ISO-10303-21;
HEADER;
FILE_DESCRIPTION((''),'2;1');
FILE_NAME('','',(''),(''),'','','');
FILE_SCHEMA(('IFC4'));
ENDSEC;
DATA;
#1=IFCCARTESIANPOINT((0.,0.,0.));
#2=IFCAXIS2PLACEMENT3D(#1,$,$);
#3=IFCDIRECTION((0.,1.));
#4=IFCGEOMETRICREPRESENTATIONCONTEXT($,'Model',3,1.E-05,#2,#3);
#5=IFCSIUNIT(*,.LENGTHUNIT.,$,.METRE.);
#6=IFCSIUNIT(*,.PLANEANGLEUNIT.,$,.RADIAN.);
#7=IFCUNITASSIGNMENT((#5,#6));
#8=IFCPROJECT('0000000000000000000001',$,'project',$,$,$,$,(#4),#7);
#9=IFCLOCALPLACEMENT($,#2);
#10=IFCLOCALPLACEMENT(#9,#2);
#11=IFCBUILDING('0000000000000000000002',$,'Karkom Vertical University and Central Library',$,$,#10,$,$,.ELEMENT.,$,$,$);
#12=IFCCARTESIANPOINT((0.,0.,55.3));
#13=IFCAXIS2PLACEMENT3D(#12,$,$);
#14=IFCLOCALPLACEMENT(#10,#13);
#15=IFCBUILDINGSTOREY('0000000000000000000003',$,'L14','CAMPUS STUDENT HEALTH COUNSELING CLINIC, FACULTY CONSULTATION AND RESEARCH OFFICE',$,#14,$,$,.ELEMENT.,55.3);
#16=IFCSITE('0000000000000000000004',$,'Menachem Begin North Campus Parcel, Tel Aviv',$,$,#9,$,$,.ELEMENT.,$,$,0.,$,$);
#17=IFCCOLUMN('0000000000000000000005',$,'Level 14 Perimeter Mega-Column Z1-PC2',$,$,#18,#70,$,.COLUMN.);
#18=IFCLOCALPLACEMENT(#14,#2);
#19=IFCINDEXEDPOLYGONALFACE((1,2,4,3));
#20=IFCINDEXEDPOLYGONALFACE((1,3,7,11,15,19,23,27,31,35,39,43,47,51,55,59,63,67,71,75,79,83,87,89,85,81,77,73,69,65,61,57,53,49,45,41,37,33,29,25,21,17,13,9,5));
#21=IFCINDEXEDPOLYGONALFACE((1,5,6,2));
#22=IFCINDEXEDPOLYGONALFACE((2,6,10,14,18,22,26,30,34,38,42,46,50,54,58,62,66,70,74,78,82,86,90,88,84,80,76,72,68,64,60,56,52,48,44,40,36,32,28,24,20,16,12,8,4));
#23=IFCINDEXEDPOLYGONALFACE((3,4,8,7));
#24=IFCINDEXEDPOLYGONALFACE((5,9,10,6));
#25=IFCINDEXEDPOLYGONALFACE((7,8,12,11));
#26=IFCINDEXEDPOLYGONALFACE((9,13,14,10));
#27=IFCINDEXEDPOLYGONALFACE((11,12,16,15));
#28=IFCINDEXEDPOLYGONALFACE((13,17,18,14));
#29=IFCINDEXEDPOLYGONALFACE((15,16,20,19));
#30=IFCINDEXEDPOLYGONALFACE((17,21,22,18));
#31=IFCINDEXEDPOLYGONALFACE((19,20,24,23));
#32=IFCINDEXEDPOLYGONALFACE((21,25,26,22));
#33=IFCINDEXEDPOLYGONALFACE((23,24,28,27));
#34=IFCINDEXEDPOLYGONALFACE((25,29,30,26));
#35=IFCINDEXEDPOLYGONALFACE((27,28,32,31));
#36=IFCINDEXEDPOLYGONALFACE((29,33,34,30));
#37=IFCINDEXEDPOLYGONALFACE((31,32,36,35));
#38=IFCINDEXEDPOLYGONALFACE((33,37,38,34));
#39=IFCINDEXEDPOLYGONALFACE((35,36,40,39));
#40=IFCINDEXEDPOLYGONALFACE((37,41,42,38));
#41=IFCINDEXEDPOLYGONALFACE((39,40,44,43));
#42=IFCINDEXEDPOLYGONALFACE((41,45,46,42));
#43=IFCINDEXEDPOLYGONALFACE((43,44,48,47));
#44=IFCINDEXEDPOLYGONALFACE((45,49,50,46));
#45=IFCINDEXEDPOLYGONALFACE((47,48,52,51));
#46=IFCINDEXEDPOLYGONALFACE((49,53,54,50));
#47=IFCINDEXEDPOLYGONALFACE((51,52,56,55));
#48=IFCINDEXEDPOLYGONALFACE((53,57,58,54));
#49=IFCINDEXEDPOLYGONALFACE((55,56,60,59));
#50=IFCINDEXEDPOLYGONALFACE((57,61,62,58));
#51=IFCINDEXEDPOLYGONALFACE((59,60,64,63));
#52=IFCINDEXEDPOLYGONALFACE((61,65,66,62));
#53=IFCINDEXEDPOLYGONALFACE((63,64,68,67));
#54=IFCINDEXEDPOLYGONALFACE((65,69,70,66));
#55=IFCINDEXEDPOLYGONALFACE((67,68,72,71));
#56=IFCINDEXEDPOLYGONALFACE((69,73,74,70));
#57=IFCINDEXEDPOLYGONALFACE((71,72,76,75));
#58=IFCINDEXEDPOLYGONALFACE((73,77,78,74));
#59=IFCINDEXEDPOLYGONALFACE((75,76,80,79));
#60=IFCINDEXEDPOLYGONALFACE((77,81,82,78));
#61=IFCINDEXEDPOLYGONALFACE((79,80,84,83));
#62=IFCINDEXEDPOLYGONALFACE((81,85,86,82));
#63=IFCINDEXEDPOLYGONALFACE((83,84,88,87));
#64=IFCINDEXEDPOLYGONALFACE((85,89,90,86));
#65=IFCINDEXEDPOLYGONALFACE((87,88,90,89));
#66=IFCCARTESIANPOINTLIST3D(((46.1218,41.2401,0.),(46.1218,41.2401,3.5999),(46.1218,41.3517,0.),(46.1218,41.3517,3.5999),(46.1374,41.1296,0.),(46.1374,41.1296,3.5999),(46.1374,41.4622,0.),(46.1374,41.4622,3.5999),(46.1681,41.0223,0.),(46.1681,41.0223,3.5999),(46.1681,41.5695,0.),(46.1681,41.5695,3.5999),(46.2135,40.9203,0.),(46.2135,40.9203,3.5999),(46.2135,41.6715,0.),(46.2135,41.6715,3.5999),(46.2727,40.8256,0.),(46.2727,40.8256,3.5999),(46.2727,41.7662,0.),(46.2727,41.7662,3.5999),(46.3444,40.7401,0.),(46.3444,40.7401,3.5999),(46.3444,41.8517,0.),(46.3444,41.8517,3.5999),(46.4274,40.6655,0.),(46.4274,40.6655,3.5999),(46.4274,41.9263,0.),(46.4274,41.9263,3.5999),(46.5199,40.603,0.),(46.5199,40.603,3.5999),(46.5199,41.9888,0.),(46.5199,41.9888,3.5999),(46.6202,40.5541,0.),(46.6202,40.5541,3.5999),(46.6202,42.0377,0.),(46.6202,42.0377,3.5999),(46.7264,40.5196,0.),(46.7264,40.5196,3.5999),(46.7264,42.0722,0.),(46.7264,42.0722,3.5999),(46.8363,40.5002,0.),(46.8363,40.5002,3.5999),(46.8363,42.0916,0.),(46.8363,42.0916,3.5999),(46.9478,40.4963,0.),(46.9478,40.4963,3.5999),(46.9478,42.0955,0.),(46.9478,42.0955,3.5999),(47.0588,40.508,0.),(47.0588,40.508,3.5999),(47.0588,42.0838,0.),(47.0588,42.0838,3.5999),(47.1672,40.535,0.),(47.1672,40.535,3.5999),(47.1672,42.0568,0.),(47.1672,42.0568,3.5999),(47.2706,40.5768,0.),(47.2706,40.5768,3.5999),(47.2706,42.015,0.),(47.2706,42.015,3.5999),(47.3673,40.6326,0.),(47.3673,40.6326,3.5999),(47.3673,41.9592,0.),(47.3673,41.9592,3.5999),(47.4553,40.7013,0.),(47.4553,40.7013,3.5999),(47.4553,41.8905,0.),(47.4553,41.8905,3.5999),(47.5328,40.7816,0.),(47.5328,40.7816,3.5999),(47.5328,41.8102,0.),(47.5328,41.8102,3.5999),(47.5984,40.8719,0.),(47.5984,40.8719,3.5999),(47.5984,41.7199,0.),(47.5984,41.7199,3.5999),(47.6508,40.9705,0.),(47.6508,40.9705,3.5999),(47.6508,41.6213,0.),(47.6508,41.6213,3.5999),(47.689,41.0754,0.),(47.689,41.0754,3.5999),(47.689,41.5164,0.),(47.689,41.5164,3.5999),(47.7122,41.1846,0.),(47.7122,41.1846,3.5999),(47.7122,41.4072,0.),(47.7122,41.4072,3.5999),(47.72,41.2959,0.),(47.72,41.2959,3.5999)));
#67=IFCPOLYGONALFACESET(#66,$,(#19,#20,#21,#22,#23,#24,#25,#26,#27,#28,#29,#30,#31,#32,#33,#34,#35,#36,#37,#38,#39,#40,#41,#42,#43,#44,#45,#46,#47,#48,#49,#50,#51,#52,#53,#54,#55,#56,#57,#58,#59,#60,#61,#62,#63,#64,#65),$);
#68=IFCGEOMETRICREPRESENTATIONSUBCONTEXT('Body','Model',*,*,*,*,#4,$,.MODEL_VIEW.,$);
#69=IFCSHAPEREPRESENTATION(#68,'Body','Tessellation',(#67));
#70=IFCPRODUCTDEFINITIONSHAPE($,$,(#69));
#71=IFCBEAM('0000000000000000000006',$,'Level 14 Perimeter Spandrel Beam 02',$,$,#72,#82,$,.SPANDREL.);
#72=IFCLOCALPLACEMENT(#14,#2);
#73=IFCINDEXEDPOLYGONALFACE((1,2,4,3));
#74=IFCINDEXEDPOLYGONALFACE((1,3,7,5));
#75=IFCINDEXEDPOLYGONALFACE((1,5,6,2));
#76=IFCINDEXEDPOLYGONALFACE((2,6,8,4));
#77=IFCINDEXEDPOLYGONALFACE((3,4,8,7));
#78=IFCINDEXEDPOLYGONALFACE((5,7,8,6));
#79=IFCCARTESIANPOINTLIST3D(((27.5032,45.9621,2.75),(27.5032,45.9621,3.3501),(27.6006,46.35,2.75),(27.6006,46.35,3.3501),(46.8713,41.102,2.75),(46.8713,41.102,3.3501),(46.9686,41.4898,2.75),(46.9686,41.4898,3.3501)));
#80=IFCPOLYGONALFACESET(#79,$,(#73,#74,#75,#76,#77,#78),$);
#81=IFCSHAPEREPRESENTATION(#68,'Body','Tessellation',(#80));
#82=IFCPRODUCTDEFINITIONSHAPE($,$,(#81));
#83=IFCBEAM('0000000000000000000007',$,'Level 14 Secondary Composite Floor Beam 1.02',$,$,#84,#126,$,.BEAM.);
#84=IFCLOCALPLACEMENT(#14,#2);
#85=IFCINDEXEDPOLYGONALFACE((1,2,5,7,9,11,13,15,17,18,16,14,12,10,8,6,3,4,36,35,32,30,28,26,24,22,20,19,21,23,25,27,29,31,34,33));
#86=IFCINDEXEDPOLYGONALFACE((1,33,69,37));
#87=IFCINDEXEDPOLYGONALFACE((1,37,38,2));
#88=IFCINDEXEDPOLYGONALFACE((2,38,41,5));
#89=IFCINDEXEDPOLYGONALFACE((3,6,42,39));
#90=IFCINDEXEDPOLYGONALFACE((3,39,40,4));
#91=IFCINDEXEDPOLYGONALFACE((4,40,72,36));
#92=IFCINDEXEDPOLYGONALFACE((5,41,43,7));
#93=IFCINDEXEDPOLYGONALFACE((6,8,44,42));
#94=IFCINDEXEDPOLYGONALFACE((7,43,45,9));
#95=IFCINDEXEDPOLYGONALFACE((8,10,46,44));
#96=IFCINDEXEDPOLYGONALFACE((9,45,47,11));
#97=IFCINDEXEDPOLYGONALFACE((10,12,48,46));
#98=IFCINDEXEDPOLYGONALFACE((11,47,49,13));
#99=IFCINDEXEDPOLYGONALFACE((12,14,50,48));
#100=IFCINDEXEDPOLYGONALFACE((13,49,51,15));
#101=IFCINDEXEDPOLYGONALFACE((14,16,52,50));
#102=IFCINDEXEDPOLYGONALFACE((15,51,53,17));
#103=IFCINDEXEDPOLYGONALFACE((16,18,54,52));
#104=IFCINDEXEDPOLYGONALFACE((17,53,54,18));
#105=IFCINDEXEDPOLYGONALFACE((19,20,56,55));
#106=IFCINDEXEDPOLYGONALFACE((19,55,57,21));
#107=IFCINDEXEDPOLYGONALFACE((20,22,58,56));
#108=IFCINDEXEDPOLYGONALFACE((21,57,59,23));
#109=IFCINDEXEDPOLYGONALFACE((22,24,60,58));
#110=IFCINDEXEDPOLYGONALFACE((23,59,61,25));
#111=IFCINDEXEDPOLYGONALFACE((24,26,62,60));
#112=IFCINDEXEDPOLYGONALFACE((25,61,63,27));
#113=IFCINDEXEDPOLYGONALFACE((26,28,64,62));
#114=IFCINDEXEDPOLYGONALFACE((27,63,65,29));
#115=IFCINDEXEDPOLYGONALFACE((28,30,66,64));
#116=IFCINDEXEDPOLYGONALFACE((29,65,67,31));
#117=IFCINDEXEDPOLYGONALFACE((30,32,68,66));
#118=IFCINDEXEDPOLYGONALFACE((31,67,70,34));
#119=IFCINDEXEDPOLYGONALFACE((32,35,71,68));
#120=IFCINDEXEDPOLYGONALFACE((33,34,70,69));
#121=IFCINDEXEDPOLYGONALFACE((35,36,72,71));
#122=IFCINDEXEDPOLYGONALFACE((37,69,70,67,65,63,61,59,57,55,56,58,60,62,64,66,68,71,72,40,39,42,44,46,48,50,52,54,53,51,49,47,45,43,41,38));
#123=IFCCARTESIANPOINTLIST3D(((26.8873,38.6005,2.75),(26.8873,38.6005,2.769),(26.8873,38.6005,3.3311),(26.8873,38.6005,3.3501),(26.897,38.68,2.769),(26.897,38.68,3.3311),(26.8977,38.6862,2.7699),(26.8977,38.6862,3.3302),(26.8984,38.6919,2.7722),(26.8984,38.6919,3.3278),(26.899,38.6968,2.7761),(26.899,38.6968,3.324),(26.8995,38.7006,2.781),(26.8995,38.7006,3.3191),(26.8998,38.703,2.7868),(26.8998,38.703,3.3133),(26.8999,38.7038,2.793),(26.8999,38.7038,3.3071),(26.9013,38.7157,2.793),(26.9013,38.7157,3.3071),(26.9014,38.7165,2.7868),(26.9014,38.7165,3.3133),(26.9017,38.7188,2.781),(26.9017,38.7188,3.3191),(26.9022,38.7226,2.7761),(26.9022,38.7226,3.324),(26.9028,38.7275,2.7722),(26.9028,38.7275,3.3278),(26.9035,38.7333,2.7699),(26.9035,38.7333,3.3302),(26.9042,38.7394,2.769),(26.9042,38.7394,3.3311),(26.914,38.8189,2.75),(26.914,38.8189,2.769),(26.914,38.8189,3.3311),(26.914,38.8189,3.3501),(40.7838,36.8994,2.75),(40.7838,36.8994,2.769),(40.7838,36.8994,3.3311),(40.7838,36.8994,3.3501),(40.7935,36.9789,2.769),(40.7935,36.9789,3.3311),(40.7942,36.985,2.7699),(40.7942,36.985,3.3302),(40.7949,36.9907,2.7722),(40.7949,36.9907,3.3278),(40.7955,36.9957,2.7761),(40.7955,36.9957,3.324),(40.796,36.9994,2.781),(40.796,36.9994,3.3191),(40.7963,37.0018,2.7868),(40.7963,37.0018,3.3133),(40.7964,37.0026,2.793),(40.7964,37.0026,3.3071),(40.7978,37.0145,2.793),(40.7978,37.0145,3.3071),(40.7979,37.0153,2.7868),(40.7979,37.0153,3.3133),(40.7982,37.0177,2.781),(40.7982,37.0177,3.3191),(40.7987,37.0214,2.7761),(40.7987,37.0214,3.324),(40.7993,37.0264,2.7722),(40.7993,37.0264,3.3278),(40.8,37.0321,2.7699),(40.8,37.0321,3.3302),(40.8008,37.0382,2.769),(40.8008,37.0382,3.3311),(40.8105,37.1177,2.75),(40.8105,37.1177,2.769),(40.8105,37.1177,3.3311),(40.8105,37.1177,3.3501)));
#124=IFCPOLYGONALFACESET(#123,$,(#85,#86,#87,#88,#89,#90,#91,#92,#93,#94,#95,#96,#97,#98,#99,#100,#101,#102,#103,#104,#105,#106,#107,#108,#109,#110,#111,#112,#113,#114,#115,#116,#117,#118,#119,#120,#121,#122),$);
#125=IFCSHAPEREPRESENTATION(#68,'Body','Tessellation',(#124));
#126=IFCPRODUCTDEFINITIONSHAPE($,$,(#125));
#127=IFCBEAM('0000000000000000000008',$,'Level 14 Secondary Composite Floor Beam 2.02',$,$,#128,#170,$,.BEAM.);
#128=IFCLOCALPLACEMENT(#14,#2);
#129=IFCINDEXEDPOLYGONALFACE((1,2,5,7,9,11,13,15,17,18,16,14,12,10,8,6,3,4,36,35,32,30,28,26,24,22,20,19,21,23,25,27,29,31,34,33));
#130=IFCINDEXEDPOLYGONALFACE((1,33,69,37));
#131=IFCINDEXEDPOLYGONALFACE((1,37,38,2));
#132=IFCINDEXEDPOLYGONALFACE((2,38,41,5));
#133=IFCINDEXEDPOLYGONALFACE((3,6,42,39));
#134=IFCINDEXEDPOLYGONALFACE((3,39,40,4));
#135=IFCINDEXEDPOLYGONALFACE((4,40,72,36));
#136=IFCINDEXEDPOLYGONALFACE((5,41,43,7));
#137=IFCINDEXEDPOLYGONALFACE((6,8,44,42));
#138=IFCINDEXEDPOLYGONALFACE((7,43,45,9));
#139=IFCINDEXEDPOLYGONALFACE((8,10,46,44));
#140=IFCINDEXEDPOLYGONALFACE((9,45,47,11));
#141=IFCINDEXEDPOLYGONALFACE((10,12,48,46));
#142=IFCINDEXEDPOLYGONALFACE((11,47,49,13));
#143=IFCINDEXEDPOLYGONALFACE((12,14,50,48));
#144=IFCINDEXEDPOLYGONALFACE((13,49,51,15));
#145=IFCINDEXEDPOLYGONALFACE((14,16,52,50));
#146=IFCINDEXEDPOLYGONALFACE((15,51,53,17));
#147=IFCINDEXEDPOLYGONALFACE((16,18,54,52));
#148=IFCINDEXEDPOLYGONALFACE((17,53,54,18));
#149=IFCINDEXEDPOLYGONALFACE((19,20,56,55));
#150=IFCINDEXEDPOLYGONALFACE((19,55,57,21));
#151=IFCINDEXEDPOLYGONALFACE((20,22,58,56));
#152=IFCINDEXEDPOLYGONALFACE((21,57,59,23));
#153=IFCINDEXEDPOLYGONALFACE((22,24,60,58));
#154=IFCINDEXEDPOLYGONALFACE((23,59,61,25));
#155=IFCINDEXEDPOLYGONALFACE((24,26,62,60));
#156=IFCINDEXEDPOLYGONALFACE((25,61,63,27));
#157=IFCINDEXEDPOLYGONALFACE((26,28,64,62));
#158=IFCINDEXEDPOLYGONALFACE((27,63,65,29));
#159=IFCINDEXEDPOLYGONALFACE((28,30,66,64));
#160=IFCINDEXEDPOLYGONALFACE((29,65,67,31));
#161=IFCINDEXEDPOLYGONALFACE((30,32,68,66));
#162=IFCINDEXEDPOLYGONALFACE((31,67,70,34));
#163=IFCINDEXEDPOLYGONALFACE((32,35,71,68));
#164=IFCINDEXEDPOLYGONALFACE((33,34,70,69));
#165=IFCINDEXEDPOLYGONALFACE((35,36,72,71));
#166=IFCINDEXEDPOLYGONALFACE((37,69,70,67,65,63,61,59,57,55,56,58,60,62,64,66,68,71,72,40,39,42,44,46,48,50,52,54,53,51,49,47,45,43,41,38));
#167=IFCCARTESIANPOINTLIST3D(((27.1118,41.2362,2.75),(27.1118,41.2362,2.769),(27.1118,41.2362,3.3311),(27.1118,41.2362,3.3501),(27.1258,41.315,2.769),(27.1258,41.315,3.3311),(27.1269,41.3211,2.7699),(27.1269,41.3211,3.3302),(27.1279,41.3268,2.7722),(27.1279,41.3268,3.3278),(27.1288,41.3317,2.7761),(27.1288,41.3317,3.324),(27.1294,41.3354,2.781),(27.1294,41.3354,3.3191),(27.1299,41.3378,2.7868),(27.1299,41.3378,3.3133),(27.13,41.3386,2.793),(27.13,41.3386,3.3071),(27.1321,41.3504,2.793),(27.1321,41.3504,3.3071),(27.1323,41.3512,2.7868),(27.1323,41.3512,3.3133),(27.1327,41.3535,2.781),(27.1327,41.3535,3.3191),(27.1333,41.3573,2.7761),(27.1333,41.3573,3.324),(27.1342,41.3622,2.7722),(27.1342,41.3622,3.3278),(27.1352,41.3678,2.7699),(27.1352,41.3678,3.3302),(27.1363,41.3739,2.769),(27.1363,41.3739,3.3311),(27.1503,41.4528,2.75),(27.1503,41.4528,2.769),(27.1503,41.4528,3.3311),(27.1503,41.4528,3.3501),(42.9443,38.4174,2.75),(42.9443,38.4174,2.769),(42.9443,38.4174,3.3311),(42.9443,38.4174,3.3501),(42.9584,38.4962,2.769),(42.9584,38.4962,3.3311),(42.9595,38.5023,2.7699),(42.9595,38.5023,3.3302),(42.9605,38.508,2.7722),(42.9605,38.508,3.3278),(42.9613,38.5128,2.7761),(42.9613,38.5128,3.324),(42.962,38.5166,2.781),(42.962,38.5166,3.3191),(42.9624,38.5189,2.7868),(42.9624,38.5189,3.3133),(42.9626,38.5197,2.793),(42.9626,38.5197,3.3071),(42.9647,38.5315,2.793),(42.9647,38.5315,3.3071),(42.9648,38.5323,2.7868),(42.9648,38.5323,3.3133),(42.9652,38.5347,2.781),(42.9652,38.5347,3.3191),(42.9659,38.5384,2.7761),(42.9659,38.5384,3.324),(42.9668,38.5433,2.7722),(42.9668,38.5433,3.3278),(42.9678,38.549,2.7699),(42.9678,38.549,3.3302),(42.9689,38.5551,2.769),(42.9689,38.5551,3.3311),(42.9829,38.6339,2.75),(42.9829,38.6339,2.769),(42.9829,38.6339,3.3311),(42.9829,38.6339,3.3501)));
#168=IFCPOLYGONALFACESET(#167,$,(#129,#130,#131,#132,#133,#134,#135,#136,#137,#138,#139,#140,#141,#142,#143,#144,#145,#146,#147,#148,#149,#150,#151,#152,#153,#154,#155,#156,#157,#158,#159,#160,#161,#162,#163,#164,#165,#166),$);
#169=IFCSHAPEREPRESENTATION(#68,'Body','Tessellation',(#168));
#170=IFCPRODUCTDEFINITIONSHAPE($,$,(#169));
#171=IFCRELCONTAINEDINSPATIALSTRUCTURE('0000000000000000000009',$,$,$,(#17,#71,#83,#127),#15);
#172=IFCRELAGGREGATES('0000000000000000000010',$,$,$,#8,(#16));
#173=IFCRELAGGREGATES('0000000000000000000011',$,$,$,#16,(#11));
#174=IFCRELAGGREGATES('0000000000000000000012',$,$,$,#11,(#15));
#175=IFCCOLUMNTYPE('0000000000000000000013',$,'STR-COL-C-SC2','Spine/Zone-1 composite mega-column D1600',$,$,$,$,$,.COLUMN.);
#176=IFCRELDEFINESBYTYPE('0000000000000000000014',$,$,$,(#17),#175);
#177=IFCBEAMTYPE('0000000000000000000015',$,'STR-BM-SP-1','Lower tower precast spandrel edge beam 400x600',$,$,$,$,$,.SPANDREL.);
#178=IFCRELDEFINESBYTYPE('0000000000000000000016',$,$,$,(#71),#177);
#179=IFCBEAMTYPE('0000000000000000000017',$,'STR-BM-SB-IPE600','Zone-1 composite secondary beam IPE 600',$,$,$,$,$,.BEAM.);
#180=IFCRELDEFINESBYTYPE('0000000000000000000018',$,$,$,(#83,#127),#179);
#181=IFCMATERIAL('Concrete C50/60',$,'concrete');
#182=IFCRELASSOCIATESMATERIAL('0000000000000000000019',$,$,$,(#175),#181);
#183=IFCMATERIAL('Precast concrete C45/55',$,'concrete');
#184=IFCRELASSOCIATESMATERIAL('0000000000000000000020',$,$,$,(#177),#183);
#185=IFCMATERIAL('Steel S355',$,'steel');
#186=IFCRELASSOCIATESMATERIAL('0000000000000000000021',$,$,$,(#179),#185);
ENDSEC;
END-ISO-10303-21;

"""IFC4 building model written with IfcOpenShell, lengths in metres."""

from ifc_helpers import new_model, si_unit, direction, frame, origin, origin_with_axes, origin_2d, place, context, subcontext, project, spatial, rectangle, circle, i_section, extrude, source, transform, mapped, material, material_profile, profile_set, type_object, element, save


model = new_model("IFC4")

# Units and contexts
model_context = context("Model", 3, precision=1e-05, world=origin(), true_north=direction((0.0, 1.0)))
body_context = subcontext(model_context, "Body", "Model", "MODEL_VIEW")
ifc_project = project(units=[si_unit("LENGTHUNIT", "METRE"), si_unit("PLANEANGLEUNIT", "RADIAN")], contexts=[model_context])

# Site, building, storey
site_placement = place(None, origin())
site = spatial("IfcSite", under=ifc_project, at=site_placement, Name="Menachem Begin North Campus Parcel, Tel Aviv", CompositionType="ELEMENT", RefElevation=0.0)
building_placement = place(site_placement, origin())
building = spatial("IfcBuilding", under=site, at=building_placement, Name="Karkom Vertical University and Central Library", CompositionType="ELEMENT")
storey_placement = place(building_placement, frame((0.0, 0.0, 55.3)))
storey = spatial("IfcBuildingStorey", under=building, at=storey_placement, Name="L14", Description="CAMPUS STUDENT HEALTH COUNSELING CLINIC, FACULTY CONSULTATION AND RESEARCH OFFICE", CompositionType="ELEMENT", Elevation=55.3)

# Column
ifc_material_1 = material(Name="Concrete C50/60", Category="concrete")
ifc_material_profile_1 = material_profile(ifc_material_1, circle(Radius=0.8, at=origin_2d()), Name="CFT-D1600")
ifc_profile_set_1 = profile_set([ifc_material_profile_1], Name="Concrete C50/60")
column_type = type_object("IfcColumnType", Name="STR-COL-C-SC2", Description="Spine/Zone-1 composite mega-column D1600", PredefinedType="COLUMN", material=ifc_profile_set_1)
shared_shape_1 = source(origin_with_axes(), body_context, "Body", "SweptSolid", [
    extrude(circle(Radius=0.8, at=origin_2d()), origin(), (0.0, 0.0, 1.0), 3.5999),
])
column_placement = place(storey_placement, frame((46.9199, 41.2959, 0.0), z_axis=(0.0, 0.0, 1.0), x_axis=(1.0, 0.0, 0.0)))
element("IfcColumn", 1, at=column_placement, inside=storey, type_object=column_type, Name="Level 14 Perimeter Mega-Column Z1-PC2", PredefinedType="COLUMN", context=body_context, shape_type="MappedRepresentation", body=[
    mapped(shared_shape_1, transform((0.0, 0.0, 0.0), scale=1.0)),
])

# Beams
ifc_material_2 = material(Name="Precast concrete C45/55", Category="concrete")
ifc_material_profile_2 = material_profile(ifc_material_2, rectangle(XDim=0.3999, YDim=0.6001, at=origin_2d()), Name="SPB-400x600")
ifc_profile_set_2 = profile_set([ifc_material_profile_2], Name="Precast concrete C45/55")
beam_type_1 = type_object("IfcBeamType", Name="STR-BM-SP-1", Description="Lower tower precast spandrel edge beam 400x600", PredefinedType="SPANDREL", material=ifc_profile_set_2)
shared_shape_2 = source(origin_with_axes(), body_context, "Body", "SweptSolid", [
    extrude(rectangle(XDim=0.3999, YDim=0.6001, at=origin_2d()), origin(), (0.0, 0.0, 1.0), 19.9685),
])
beam_1_placement = place(storey_placement, frame((46.9199, 41.2959, 3.05), z_axis=(-0.969929, 0.24339, 0.0), x_axis=(-0.24339, -0.969929, 0.0)))
element("IfcBeam", 2, at=beam_1_placement, inside=storey, type_object=beam_type_1, Name="Level 14 Perimeter Spandrel Beam 02", PredefinedType="SPANDREL", context=body_context, shape_type="MappedRepresentation", body=[
    mapped(shared_shape_2, transform((0.0, 0.0, 0.0), scale=1.0)),
])
ifc_material_3 = material(Name="Steel S355", Category="steel")
ifc_material_profile_3 = material_profile(ifc_material_3, i_section(OverallWidth=0.22, OverallDepth=0.6001, WebThickness=0.012, FlangeThickness=0.019, FilletRadius=0.0239, at=origin_2d()), Name="IPE 600")
ifc_profile_set_3 = profile_set([ifc_material_profile_3], Name="Steel S355")
beam_type_2 = type_object("IfcBeamType", Name="STR-BM-SB-IPE600", Description="Zone-1 composite secondary beam IPE 600", PredefinedType="BEAM", material=ifc_profile_set_3)
shared_shape_3 = source(origin_with_axes(), body_context, "Body", "SweptSolid", [
    extrude(i_section(OverallWidth=0.22, OverallDepth=0.6001, WebThickness=0.012, FlangeThickness=0.019, FilletRadius=0.0239, at=origin_2d()), origin(), (0.0, 0.0, 1.0), 14.0002),
])
beam_2_placement = place(storey_placement, frame((40.7971, 37.0085, 3.05), z_axis=(-0.99259, 0.12151, 0.0), x_axis=(-0.12151, -0.99259, 0.0)))
element("IfcBeam", 3, at=beam_2_placement, inside=storey, type_object=beam_type_2, Name="Level 14 Secondary Composite Floor Beam 1.02", PredefinedType="BEAM", context=body_context, shape_type="MappedRepresentation", body=[
    mapped(shared_shape_3, transform((0.0, 0.0, 0.0), scale=1.0)),
])
shared_shape_4 = source(origin_with_axes(), body_context, "Body", "SweptSolid", [
    extrude(i_section(OverallWidth=0.22, OverallDepth=0.6001, WebThickness=0.012, FlangeThickness=0.019, FilletRadius=0.0239, at=origin_2d()), origin(), (0.0, 0.0, 1.0), 16.0815),
])
beam_3_placement = place(storey_placement, frame((42.9636, 38.5256, 3.05), z_axis=(-0.984518, 0.175285, 0.0), x_axis=(-0.175285, -0.984518, 0.0)))
element("IfcBeam", 4, at=beam_3_placement, inside=storey, type_object=beam_type_2, Name="Level 14 Secondary Composite Floor Beam 2.02", PredefinedType="BEAM", context=body_context, shape_type="MappedRepresentation", body=[
    mapped(shared_shape_4, transform((0.0, 0.0, 0.0), scale=1.0)),
])

save(model, "model.ifc")
